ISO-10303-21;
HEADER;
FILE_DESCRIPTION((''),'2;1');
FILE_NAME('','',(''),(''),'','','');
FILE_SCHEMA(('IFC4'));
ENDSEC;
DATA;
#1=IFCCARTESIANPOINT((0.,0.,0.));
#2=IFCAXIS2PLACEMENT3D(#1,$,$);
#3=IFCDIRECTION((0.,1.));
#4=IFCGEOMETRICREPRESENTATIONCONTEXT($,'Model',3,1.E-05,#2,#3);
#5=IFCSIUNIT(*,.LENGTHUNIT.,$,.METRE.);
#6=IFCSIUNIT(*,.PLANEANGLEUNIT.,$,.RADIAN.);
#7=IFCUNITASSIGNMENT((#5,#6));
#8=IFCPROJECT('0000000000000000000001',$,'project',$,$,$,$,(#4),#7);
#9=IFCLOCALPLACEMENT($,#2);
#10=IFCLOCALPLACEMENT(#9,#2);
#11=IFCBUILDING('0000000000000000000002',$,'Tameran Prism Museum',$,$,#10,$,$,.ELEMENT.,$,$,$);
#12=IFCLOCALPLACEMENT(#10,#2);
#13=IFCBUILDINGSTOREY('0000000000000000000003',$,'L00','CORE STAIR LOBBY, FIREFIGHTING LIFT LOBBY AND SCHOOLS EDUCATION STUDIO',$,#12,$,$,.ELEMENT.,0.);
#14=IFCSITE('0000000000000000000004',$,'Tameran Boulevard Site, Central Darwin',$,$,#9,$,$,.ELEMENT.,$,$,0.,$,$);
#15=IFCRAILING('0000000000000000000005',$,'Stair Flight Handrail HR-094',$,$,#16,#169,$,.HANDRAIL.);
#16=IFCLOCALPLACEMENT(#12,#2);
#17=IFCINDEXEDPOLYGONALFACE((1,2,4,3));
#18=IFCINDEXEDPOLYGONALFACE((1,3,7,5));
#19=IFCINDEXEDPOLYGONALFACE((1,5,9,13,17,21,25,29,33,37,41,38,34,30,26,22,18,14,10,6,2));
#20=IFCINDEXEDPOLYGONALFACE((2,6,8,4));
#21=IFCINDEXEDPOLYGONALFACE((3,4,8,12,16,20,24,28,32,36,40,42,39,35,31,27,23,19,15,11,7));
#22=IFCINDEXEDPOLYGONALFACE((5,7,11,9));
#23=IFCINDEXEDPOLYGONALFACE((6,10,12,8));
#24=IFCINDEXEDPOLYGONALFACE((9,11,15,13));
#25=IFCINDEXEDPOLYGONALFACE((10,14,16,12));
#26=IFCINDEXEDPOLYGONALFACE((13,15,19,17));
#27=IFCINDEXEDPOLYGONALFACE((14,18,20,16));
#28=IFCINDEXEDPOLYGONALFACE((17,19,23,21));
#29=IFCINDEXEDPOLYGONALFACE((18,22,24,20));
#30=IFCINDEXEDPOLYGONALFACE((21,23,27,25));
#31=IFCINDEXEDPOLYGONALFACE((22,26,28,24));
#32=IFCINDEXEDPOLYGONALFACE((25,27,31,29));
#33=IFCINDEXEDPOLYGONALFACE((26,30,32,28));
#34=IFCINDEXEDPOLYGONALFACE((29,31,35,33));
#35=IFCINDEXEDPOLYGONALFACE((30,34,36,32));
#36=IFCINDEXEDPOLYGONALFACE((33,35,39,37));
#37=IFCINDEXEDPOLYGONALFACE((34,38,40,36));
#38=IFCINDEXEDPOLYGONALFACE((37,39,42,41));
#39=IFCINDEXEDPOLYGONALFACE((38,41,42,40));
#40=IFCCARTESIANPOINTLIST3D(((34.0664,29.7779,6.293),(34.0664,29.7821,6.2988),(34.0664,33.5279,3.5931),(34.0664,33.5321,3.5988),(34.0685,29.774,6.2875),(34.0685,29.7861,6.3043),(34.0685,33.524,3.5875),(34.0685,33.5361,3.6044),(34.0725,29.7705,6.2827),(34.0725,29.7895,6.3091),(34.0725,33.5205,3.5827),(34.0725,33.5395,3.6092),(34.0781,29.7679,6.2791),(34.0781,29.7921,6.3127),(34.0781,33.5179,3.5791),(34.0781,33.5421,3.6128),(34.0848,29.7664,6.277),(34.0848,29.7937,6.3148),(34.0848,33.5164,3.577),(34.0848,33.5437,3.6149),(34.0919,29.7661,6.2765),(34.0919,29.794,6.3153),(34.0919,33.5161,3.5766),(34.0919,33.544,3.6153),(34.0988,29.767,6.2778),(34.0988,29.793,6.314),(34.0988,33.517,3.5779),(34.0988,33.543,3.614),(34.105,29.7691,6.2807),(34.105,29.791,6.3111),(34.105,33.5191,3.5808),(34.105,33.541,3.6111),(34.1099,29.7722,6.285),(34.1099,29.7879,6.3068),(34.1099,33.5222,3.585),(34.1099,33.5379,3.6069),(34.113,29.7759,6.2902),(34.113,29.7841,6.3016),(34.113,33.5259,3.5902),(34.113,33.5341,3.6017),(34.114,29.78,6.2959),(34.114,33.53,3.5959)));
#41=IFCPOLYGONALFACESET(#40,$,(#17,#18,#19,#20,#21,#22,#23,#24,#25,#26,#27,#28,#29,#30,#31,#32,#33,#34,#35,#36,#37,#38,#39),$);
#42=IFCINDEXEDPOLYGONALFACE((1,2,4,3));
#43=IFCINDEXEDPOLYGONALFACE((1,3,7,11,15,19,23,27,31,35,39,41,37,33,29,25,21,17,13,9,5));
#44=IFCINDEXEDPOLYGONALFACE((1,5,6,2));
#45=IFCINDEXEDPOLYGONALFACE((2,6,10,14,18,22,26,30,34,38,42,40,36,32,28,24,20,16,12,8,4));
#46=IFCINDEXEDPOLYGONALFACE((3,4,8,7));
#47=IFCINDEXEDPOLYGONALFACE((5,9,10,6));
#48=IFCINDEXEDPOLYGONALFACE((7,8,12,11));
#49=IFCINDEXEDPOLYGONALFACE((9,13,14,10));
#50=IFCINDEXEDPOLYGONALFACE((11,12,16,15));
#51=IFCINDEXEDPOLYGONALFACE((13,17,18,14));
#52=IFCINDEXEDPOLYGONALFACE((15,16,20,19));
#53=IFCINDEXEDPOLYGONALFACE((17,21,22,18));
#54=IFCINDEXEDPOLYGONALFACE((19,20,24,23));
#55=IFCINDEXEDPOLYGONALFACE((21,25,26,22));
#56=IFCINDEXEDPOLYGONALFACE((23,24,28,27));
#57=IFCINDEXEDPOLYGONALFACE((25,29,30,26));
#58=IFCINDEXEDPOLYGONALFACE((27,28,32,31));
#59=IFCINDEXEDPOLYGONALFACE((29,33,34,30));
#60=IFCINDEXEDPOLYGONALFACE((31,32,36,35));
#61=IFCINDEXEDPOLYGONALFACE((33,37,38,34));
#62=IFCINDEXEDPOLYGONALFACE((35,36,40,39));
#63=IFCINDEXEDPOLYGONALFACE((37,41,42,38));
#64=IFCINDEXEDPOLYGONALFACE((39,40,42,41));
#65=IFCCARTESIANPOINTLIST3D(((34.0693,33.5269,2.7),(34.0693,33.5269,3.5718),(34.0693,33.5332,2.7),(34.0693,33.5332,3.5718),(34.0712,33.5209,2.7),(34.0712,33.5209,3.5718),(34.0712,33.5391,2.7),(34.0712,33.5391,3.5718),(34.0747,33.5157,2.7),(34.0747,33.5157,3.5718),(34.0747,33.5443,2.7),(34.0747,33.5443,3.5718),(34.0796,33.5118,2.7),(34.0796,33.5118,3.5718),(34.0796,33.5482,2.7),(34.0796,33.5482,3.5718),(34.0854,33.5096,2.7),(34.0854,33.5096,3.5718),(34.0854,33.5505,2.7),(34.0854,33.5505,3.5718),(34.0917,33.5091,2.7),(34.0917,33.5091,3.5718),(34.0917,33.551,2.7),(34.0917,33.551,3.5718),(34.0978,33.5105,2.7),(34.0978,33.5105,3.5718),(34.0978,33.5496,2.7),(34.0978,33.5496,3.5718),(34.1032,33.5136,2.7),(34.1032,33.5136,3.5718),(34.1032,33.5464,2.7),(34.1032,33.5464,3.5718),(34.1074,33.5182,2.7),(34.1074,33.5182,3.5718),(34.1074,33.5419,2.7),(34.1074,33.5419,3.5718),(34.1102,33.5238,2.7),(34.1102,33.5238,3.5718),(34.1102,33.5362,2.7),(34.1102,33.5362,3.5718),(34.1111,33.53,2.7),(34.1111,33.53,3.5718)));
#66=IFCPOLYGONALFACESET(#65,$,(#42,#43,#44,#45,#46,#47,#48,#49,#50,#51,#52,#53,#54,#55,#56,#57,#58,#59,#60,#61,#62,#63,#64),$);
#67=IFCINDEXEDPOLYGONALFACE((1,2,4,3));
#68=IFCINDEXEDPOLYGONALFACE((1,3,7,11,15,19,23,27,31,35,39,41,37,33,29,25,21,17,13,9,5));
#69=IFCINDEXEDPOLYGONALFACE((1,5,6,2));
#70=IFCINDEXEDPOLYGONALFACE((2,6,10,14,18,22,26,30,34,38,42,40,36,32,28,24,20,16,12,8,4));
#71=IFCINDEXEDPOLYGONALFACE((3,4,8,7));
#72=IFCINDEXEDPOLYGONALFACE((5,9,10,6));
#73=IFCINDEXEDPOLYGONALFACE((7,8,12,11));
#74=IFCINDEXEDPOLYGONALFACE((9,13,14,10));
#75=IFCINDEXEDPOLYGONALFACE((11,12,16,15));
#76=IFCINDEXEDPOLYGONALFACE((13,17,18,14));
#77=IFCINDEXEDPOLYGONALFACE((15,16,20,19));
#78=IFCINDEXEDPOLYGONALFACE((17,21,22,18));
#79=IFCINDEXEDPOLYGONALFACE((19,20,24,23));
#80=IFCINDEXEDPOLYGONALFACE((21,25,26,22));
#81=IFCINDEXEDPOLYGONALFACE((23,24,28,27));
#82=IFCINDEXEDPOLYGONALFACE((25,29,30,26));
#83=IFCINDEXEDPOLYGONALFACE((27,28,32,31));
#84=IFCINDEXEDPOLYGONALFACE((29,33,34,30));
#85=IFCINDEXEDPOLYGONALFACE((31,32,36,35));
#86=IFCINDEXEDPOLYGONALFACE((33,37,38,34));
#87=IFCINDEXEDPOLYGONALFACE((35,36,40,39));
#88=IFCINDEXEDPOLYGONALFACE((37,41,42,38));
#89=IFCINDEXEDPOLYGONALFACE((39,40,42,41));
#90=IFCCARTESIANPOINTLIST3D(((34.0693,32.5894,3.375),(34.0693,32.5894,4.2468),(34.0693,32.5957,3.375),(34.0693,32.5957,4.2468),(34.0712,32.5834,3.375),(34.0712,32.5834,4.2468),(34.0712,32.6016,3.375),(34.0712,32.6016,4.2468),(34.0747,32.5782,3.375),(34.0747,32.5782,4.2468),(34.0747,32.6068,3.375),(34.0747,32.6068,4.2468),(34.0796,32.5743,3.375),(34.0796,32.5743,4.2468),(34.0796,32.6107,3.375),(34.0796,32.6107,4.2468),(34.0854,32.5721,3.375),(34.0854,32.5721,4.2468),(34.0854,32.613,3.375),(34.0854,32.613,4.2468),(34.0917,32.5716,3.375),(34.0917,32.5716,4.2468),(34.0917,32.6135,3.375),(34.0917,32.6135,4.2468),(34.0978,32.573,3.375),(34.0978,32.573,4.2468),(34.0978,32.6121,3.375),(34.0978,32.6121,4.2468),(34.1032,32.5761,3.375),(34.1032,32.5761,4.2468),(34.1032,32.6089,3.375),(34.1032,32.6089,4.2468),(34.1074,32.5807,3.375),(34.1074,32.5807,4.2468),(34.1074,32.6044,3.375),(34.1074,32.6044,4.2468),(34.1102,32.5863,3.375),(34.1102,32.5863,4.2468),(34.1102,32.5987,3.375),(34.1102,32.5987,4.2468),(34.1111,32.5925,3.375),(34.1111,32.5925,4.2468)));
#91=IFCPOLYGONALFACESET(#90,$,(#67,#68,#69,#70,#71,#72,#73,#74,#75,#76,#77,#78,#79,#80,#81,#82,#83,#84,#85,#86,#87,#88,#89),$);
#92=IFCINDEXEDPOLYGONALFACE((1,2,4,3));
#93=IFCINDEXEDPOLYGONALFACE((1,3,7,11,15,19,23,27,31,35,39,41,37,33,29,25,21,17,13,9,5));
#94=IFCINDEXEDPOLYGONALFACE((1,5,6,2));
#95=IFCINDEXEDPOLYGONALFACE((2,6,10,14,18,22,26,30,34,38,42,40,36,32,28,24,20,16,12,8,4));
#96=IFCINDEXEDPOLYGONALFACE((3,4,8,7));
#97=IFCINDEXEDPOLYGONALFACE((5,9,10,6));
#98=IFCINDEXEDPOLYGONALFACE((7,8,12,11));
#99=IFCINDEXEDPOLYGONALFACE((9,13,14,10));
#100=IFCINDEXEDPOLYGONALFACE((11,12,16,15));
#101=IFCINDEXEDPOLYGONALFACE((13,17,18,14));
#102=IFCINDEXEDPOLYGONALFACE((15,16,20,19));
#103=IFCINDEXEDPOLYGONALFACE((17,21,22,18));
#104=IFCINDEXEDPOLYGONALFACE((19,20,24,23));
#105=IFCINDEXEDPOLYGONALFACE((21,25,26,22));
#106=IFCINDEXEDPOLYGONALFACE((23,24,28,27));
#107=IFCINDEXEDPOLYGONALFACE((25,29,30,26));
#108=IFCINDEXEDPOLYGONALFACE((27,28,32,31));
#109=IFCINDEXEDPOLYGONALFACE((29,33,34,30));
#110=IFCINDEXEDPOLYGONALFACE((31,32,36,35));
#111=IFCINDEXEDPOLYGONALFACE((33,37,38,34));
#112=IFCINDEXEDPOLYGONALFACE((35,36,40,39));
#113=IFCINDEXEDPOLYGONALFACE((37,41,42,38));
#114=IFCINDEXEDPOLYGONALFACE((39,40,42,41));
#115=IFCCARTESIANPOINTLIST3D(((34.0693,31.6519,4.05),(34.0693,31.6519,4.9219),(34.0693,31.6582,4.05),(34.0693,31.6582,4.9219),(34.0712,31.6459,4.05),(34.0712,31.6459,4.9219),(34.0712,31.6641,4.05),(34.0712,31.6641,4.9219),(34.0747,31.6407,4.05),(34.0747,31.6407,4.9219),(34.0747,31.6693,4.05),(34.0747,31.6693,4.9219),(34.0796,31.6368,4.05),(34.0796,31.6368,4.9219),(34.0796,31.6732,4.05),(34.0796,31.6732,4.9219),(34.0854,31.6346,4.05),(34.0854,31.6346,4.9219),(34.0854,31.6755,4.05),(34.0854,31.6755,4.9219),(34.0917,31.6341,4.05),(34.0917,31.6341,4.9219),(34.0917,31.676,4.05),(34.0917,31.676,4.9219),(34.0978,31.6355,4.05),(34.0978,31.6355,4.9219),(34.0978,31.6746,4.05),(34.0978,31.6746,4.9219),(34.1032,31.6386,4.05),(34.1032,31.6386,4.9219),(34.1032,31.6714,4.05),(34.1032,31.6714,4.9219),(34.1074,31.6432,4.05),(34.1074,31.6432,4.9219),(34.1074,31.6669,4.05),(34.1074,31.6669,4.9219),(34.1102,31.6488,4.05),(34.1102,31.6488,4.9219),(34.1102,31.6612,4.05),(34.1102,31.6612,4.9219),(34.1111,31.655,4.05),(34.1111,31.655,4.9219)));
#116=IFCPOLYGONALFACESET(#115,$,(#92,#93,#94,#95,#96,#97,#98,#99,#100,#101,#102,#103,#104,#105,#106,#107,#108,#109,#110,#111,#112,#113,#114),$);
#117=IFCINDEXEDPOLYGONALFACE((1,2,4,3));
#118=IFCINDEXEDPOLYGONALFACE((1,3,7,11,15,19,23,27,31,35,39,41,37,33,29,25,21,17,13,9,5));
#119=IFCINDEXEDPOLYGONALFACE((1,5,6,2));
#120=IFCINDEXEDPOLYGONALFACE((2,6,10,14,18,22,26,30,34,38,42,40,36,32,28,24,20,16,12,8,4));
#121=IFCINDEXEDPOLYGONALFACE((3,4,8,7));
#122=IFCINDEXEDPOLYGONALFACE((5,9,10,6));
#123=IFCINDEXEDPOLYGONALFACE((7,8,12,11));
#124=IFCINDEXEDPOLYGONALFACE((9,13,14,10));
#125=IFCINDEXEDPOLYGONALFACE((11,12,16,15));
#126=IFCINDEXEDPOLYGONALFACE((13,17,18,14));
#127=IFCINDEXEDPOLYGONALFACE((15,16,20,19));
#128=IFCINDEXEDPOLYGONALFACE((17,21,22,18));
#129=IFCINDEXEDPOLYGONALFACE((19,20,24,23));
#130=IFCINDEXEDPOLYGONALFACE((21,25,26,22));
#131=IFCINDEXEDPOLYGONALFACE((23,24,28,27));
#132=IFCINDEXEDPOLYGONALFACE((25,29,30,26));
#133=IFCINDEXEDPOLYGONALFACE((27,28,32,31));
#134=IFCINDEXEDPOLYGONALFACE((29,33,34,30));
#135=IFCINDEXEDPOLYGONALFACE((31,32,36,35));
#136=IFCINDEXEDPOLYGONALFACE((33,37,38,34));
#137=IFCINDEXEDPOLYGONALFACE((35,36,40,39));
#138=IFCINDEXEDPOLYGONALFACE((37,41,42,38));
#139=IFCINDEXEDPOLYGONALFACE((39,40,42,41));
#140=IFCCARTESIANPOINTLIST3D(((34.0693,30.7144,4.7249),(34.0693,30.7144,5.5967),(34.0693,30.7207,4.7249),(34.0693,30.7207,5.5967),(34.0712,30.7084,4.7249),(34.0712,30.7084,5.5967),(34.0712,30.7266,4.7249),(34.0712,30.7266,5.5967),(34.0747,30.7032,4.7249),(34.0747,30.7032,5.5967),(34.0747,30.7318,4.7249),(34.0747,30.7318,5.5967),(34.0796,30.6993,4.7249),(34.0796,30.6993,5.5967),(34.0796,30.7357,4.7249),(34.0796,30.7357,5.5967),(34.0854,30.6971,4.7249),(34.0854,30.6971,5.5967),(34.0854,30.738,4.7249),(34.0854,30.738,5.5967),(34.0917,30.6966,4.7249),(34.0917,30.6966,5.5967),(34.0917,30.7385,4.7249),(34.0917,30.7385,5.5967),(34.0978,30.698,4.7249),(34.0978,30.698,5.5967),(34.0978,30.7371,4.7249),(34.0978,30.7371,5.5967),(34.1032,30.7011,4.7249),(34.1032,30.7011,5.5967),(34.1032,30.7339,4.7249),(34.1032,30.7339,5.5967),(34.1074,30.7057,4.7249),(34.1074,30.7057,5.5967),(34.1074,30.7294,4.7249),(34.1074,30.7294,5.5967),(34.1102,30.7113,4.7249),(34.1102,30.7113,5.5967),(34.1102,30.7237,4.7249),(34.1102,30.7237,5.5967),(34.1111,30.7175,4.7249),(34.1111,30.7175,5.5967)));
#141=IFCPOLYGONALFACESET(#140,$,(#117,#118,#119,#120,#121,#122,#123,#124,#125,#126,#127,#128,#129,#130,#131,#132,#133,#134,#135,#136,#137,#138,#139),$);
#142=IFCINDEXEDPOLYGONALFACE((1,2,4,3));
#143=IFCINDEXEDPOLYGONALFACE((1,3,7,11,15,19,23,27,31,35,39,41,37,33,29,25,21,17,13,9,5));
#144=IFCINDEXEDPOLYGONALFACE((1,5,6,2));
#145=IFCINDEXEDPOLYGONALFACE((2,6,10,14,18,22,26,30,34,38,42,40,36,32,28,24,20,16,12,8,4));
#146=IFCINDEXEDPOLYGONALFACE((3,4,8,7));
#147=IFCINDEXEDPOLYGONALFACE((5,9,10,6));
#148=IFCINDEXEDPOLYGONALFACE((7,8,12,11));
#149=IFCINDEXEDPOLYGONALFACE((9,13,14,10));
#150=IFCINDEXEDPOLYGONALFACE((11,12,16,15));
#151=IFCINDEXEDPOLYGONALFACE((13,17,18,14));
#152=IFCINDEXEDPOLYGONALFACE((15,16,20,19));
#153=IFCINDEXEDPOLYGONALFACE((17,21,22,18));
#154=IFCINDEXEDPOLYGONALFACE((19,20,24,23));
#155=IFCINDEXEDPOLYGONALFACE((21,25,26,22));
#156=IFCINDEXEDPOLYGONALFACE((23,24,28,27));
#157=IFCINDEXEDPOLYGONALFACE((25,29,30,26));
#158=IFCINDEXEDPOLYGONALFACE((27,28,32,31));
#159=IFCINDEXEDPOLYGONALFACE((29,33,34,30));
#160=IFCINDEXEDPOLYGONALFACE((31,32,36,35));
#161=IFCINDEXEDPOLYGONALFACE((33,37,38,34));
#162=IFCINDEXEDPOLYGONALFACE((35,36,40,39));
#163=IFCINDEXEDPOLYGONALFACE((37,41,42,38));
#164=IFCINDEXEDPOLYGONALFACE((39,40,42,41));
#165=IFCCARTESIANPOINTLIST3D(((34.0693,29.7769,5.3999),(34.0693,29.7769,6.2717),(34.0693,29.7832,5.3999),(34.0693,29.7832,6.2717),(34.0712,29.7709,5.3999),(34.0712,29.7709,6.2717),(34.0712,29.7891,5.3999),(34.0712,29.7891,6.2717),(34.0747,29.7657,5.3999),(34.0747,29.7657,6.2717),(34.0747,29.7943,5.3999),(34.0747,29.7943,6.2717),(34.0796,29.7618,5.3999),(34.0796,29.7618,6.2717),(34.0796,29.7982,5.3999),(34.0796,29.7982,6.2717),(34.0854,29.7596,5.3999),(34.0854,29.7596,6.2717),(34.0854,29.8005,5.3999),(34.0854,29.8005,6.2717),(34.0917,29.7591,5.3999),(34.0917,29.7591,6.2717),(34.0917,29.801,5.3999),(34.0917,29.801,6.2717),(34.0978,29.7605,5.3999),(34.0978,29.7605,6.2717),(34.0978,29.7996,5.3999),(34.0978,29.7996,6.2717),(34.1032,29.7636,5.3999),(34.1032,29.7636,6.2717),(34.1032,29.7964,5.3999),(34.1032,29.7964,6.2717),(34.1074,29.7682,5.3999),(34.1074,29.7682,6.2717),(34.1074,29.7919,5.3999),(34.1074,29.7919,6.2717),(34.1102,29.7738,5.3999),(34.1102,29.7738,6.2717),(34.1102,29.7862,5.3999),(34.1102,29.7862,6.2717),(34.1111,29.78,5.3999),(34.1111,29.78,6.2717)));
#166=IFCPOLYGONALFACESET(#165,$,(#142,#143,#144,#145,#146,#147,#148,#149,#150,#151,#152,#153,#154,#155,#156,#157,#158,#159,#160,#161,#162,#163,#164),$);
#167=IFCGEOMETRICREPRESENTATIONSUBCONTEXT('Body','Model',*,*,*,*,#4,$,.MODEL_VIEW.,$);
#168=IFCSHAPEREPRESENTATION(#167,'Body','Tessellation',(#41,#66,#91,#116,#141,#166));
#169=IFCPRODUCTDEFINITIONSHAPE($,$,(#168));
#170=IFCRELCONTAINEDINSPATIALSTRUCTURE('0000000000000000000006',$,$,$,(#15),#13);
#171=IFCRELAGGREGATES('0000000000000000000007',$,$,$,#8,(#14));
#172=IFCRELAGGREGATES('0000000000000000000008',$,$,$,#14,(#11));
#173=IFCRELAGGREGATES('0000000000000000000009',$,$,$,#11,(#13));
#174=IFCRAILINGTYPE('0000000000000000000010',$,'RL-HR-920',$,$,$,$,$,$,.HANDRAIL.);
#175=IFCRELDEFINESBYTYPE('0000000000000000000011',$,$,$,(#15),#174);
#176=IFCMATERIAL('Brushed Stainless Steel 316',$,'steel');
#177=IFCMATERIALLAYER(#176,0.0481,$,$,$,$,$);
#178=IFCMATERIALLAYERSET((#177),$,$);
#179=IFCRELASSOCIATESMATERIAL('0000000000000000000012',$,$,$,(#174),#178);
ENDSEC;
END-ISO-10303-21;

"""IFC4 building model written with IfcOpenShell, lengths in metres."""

from ifc_helpers import new_model, si_unit, direction, frame, origin, origin_2d, place, context, subcontext, project, spatial, circle, extrude, material, layer, layer_set, type_object, element, save


model = new_model("IFC4")

# Units and contexts
model_context = context("Model", 3, precision=1e-05, world=origin(), true_north=direction((0.0, 1.0)))
body_context = subcontext(model_context, "Body", "Model", "MODEL_VIEW")
ifc_project = project(units=[si_unit("LENGTHUNIT", "METRE"), si_unit("PLANEANGLEUNIT", "RADIAN")], contexts=[model_context])

# Site, building, storey
site_placement = place(None, origin())
site = spatial("IfcSite", under=ifc_project, at=site_placement, Name="Tameran Boulevard Site, Central Darwin", CompositionType="ELEMENT", RefElevation=0.0)
building_placement = place(site_placement, origin())
building = spatial("IfcBuilding", under=site, at=building_placement, Name="Tameran Prism Museum", CompositionType="ELEMENT")
storey_placement = place(building_placement, origin())
storey = spatial("IfcBuildingStorey", under=building, at=storey_placement, Name="L00", Description="CORE STAIR LOBBY, FIREFIGHTING LIFT LOBBY AND SCHOOLS EDUCATION STUDIO", CompositionType="ELEMENT", Elevation=0.0)

# Railing
ifc_material_1 = material(Name="Brushed Stainless Steel 316", Category="steel")
ifc_layer_1 = layer(ifc_material_1, 0.0481)
ifc_layer_set_1 = layer_set([ifc_layer_1])
railing_type_1 = type_object("IfcRailingType", Name="RL-HR-920", PredefinedType="HANDRAIL", material=ifc_layer_set_1)
railing_1_placement = place(storey_placement, frame((34.0901, 33.53, 2.7)))
element("IfcRailing", 1, at=railing_1_placement, inside=storey, type_object=railing_type_1, Name="Stair Flight Handrail HR-094", PredefinedType="HANDRAIL", context=body_context, shape_type="SweptSolid", body=[
    extrude(circle(Radius=0.0239, at=origin_2d()), frame((0.0, 0.0, 0.896), z_axis=(0.0, -0.811539, 0.584298), x_axis=(1.0, 0.0, 0.0)), (0.0, 0.0, 1.0), 4.6208),
    extrude(circle(Radius=0.021, at=origin_2d()), origin(), (0.0, 0.0, 1.0), 0.8718),
    extrude(circle(Radius=0.021, at=origin_2d()), frame((0.0, -0.9375, 0.675)), (0.0, 0.0, 1.0), 0.8718),
    extrude(circle(Radius=0.021, at=origin_2d()), frame((0.0, -1.875, 1.3501)), (0.0, 0.0, 1.0), 0.8718),
    extrude(circle(Radius=0.021, at=origin_2d()), frame((0.0, -2.8125, 2.0249)), (0.0, 0.0, 1.0), 0.8718),
    extrude(circle(Radius=0.021, at=origin_2d()), frame((0.0, -3.75, 2.7)), (0.0, 0.0, 1.0), 0.8718),
])

save(model, "model.ifc")
